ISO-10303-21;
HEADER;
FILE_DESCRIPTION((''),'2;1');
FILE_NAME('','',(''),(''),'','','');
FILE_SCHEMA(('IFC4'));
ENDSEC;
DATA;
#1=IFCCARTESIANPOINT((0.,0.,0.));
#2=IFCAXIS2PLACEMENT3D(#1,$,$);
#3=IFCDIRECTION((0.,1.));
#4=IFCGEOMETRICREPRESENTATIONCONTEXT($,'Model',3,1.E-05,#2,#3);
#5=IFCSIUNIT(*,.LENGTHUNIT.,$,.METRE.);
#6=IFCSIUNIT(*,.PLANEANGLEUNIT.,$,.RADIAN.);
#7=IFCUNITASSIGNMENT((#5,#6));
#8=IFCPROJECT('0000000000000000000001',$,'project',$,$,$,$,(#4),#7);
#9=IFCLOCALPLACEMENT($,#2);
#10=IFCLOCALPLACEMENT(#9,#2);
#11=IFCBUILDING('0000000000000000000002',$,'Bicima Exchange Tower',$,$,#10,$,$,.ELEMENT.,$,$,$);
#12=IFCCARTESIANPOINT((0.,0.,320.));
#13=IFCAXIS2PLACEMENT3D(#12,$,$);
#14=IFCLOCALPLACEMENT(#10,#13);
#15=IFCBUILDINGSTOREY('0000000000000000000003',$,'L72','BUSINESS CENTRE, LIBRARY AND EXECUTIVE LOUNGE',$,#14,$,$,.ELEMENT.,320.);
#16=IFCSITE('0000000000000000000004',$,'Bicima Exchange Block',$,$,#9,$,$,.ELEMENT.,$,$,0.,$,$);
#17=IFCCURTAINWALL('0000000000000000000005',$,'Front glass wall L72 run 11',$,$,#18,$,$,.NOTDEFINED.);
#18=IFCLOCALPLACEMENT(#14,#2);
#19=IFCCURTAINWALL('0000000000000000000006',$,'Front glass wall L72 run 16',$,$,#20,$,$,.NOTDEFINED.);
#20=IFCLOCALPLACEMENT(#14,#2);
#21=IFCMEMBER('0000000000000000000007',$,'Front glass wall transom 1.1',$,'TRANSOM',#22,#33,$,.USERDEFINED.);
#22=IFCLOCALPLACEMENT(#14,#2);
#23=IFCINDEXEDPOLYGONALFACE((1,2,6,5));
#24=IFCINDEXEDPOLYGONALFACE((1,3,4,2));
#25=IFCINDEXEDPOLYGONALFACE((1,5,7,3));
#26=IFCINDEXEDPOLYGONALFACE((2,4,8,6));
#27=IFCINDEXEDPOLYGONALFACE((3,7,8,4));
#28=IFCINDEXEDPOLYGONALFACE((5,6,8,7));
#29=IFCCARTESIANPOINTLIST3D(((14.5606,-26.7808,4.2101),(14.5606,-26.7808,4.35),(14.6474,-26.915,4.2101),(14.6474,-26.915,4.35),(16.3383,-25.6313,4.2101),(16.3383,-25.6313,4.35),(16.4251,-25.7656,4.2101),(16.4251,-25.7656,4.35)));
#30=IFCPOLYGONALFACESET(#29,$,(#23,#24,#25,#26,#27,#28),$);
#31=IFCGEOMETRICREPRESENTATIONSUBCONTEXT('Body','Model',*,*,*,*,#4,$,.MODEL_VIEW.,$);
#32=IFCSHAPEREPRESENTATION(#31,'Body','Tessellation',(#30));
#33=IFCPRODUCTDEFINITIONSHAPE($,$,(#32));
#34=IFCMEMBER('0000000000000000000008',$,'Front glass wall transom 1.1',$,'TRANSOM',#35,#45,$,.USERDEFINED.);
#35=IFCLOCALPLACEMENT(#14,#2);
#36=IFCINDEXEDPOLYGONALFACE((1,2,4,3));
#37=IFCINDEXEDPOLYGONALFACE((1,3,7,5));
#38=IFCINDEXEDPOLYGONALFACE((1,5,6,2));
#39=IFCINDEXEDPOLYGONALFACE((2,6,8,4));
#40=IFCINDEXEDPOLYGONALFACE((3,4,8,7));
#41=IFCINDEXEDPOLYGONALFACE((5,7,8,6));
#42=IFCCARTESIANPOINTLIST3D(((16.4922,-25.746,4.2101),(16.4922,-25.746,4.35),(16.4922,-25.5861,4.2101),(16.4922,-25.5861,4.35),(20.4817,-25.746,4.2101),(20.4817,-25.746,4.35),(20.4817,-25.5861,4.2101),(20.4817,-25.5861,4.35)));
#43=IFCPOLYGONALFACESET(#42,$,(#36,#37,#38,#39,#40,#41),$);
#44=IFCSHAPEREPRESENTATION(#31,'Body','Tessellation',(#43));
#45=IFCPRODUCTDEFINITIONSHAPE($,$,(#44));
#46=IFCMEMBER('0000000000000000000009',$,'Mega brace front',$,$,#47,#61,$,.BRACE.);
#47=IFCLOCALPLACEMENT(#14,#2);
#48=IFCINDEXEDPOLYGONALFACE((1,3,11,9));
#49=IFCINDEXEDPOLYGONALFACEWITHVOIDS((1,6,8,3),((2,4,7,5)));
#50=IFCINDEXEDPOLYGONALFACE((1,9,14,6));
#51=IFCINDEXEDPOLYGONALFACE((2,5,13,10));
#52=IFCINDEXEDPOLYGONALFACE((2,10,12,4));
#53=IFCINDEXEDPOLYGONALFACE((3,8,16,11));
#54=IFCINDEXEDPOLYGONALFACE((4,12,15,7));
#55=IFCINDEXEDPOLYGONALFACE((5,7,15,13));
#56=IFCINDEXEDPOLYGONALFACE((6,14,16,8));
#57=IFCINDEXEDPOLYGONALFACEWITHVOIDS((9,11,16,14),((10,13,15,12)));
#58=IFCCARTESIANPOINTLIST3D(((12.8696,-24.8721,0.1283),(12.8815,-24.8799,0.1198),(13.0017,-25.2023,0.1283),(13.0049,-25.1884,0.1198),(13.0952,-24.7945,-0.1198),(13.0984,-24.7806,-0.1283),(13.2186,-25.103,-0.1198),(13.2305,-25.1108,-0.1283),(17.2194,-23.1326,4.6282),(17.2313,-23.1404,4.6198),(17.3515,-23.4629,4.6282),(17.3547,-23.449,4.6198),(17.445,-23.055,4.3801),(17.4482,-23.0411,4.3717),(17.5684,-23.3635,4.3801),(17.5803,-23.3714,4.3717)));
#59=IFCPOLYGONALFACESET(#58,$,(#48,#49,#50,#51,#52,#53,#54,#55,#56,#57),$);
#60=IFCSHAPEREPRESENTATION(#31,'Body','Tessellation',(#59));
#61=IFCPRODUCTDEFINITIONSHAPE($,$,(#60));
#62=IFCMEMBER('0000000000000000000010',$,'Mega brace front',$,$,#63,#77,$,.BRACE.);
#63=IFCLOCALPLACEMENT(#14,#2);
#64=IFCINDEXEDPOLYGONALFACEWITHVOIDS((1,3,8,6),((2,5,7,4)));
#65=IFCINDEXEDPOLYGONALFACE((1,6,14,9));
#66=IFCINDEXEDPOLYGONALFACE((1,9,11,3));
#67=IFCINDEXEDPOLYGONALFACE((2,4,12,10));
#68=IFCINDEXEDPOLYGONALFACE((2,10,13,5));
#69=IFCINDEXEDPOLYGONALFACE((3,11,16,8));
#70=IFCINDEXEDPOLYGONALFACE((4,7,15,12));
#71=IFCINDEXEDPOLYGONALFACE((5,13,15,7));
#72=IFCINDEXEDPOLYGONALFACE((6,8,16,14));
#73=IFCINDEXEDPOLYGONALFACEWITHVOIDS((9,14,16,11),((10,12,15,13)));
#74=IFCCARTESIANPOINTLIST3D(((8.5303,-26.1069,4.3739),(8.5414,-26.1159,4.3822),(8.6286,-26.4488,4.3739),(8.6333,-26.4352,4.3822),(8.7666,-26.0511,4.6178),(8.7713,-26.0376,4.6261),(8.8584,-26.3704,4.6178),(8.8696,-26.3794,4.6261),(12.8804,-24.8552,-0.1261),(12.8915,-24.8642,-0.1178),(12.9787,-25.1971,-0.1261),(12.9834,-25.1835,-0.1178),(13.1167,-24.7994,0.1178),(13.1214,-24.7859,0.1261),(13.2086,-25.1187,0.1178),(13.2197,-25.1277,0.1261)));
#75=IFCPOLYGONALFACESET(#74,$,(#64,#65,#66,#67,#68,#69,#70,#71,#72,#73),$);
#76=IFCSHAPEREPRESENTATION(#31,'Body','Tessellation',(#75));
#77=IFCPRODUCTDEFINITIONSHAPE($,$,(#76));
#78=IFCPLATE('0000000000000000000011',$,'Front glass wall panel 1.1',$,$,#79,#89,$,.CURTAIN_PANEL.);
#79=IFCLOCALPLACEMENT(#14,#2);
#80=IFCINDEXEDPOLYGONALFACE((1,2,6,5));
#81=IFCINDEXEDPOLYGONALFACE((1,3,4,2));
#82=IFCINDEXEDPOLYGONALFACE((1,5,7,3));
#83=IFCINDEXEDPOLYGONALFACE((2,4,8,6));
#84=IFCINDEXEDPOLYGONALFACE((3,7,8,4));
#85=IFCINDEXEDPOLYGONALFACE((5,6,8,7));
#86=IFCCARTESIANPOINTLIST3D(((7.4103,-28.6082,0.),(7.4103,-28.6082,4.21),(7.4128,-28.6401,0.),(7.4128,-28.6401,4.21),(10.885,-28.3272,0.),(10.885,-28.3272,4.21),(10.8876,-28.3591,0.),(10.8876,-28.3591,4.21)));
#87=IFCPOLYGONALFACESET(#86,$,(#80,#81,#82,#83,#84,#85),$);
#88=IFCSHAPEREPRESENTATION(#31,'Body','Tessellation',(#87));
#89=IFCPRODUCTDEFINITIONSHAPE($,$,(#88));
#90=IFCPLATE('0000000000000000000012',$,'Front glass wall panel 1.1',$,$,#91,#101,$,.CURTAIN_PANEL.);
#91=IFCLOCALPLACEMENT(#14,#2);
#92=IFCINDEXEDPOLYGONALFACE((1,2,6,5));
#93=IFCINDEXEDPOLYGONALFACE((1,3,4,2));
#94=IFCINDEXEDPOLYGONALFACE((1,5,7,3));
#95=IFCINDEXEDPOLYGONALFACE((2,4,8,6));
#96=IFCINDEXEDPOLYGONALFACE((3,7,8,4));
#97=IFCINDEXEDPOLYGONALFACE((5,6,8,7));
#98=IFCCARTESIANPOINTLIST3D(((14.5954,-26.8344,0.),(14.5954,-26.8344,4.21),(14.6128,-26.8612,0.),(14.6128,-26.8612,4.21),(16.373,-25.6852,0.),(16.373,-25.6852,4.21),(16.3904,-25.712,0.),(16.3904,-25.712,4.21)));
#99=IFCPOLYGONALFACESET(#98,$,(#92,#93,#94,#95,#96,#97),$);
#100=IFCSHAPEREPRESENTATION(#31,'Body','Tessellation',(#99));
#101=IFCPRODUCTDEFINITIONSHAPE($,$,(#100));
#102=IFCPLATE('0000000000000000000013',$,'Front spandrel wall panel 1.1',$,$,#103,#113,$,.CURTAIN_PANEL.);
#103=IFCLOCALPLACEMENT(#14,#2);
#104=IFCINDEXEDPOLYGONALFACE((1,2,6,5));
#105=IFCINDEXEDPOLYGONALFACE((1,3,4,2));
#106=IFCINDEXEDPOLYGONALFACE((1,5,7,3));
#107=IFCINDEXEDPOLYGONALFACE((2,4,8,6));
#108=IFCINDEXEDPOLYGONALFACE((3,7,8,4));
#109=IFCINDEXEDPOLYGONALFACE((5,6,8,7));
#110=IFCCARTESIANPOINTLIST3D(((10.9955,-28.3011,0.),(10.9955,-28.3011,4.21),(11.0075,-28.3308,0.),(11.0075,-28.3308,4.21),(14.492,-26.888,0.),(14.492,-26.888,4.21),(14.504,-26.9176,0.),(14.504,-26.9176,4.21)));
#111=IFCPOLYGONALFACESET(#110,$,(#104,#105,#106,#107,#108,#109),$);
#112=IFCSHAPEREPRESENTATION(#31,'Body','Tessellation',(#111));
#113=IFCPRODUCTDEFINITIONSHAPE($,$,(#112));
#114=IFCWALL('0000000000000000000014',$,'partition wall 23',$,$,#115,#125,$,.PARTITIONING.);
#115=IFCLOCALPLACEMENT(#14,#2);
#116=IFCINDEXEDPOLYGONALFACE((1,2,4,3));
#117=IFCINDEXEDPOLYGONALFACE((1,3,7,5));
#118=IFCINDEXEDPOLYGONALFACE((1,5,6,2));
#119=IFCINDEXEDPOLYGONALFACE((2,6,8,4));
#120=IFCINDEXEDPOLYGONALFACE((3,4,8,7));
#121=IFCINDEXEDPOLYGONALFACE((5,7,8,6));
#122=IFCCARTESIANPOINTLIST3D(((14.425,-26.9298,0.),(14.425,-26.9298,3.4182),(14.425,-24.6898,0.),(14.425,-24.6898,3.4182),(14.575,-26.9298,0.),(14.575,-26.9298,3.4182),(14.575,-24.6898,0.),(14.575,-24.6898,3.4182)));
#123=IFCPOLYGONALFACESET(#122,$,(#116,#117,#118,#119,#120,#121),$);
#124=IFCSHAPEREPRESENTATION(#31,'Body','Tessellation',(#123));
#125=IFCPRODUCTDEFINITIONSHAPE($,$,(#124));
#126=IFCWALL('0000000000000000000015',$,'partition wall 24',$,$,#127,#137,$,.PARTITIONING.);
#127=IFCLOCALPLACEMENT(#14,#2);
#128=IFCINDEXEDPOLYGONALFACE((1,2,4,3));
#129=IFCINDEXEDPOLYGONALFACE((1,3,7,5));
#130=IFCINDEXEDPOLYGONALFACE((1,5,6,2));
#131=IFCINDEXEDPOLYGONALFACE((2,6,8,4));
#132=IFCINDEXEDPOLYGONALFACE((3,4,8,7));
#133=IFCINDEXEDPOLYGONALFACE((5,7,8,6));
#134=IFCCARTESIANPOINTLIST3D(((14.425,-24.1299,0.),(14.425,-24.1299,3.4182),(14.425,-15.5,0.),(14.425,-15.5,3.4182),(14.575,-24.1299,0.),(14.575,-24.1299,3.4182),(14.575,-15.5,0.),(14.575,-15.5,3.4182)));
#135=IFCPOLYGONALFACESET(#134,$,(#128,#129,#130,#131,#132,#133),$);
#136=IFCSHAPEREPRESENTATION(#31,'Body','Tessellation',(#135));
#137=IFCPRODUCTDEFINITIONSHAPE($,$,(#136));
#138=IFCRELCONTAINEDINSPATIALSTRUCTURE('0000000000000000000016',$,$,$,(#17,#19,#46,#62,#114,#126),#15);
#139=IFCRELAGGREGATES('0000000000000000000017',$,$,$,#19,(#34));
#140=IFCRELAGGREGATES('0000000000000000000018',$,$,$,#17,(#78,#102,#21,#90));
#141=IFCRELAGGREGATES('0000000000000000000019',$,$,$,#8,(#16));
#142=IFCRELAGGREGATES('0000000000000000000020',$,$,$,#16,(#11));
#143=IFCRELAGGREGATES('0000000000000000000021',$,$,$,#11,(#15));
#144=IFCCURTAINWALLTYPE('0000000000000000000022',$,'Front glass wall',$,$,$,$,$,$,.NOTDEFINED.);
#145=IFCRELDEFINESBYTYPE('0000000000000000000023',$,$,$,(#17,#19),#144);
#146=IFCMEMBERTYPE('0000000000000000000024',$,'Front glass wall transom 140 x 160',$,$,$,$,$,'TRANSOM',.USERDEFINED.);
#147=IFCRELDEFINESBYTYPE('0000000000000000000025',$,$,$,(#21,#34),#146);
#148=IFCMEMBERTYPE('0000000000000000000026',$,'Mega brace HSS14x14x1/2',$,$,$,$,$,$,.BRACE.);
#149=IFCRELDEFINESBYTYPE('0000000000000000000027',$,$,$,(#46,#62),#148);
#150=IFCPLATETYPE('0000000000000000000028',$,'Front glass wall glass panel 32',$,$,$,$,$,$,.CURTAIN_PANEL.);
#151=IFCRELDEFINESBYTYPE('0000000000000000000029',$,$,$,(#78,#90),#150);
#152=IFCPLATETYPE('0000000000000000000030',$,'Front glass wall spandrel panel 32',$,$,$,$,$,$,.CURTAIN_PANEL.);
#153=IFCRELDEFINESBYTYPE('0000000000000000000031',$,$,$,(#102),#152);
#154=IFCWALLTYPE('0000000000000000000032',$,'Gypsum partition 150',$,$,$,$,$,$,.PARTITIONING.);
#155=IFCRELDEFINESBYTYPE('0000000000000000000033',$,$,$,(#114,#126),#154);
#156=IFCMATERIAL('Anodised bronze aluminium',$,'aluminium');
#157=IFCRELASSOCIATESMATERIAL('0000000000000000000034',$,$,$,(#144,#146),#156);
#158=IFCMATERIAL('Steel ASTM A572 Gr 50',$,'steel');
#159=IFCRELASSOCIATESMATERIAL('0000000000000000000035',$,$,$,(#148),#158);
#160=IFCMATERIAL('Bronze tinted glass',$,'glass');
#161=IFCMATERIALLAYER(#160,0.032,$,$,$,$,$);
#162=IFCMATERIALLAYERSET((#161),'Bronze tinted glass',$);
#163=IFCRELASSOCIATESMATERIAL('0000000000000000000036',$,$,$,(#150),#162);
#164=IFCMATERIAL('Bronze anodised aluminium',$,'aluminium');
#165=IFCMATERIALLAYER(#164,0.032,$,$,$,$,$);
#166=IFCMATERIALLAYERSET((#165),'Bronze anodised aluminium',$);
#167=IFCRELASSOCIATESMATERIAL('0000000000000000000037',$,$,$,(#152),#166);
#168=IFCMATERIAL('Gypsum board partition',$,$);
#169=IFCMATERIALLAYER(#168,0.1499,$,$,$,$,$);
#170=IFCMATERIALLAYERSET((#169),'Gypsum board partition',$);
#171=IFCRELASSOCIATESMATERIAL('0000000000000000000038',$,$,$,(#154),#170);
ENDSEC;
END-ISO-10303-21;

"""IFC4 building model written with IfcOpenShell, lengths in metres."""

from ifc_helpers import new_model, si_unit, direction, frame, frame_2d, origin, origin_2d, place, context, subcontext, project, spatial, rectangle, hollow_rectangle, extrude, material, layer, layer_set, material_profile, profile_set, type_object, element, aggregate, save


model = new_model("IFC4")

# Units and contexts
model_context = context("Model", 3, precision=1e-05, world=origin(), true_north=direction((0.0, 1.0)))
body_context = subcontext(model_context, "Body", "Model", "MODEL_VIEW")
ifc_project = project(units=[si_unit("LENGTHUNIT", "METRE"), si_unit("PLANEANGLEUNIT", "RADIAN")], contexts=[model_context])

# Site, building, storey
site_placement = place(None, origin())
site = spatial("IfcSite", under=ifc_project, at=site_placement, Name="Bicima Exchange Block", CompositionType="ELEMENT", RefElevation=0.0)
building_placement = place(site_placement, origin())
building = spatial("IfcBuilding", under=site, at=building_placement, Name="Bicima Exchange Tower", CompositionType="ELEMENT")
storey_placement = place(building_placement, frame((0.0, 0.0, 320.0)))
storey = spatial("IfcBuildingStorey", under=building, at=storey_placement, Name="L72", Description="BUSINESS CENTRE, LIBRARY AND EXECUTIVE LOUNGE", CompositionType="ELEMENT", Elevation=320.0)

# Curtain wall
ifc_material_1 = material(Name="Anodised bronze aluminium", Category="aluminium")
curtain_wall_type = type_object("IfcCurtainWallType", Name="Front glass wall", PredefinedType="NOTDEFINED", material=ifc_material_1)
curtain_wall_1_placement = place(storey_placement, origin())
curtain_wall_1 = element("IfcCurtainWall", 1, at=curtain_wall_1_placement, inside=storey, type_object=curtain_wall_type, Name="Front glass wall L72 run 11", PredefinedType="NOTDEFINED")

# Curtain wall
curtain_wall_2_placement = place(storey_placement, origin())
curtain_wall_2 = element("IfcCurtainWall", 2, at=curtain_wall_2_placement, inside=storey, type_object=curtain_wall_type, Name="Front glass wall L72 run 16", PredefinedType="NOTDEFINED")

# Members
ifc_material_profile_1 = material_profile(ifc_material_1, rectangle(XDim=0.1599, YDim=0.1399, at=origin_2d()))
ifc_profile_set_1 = profile_set([ifc_material_profile_1], Name="Anodised bronze aluminium")
member_type_1 = type_object("IfcMemberType", Name="Front glass wall transom 140 x 160", ElementType="TRANSOM", PredefinedType="USERDEFINED", material=ifc_profile_set_1)
member_1_placement = place(storey_placement, frame((14.604, -26.8479, 4.28), z_axis=(0.83974, 0.542988, 0.0), x_axis=(-0.542988, 0.83974, 0.0)))
member_1 = element("IfcMember", 3, at=member_1_placement, type_object=member_type_1, Name="Front glass wall transom 1.1", ObjectType="TRANSOM", PredefinedType="USERDEFINED", context=body_context, shape_type="SweptSolid", body=[
    extrude(rectangle(XDim=0.1599, YDim=0.1399, at=origin_2d()), origin(), (0.0, 0.0, 1.0), 2.1169),
])
member_2_placement = place(storey_placement, frame((16.4922, -25.666, 4.28), z_axis=(1.0, 0.0, 0.0), x_axis=(0.0, 1.0, 0.0)))
member_2 = element("IfcMember", 4, at=member_2_placement, type_object=member_type_1, Name="Front glass wall transom 1.1", ObjectType="TRANSOM", PredefinedType="USERDEFINED", context=body_context, shape_type="SweptSolid", body=[
    extrude(rectangle(XDim=0.1599, YDim=0.1399, at=origin_2d()), origin(), (0.0, 0.0, 1.0), 3.9895),
])
aggregate(curtain_wall_2, [member_2])

# Members
ifc_material_2 = material(Name="Steel ASTM A572 Gr 50", Category="steel")
ifc_material_profile_2 = material_profile(ifc_material_2, hollow_rectangle(XDim=0.3557, YDim=0.3557, WallThickness=0.0117, at=origin_2d()))
ifc_profile_set_2 = profile_set([ifc_material_profile_2], Name="Steel ASTM A572 Gr 50")
member_type_2 = type_object("IfcMemberType", Name="Mega brace HSS14x14x1/2", PredefinedType="BRACE", material=ifc_profile_set_2)
member_3_placement = place(storey_placement, frame((13.05, -24.9915, 0.0), z_axis=(0.669628, 0.267783, 0.692742), x_axis=(-0.37131, 0.928509, 0.0)))
element("IfcMember", 5, at=member_3_placement, inside=storey, type_object=member_type_2, Name="Mega brace front", PredefinedType="BRACE", context=body_context, shape_type="SweptSolid", body=[
    extrude(hollow_rectangle(XDim=0.3557, YDim=0.3557, WallThickness=0.0117, at=origin_2d()), origin(), (0.0, 0.0, 1.0), 6.4958),
])
member_4_placement = place(storey_placement, frame((13.05, -24.9915, 0.0), z_axis=(-0.681534, -0.196107, 0.70502), x_axis=(0.276523, -0.961007, 0.0)))
element("IfcMember", 6, at=member_4_placement, inside=storey, type_object=member_type_2, Name="Mega brace front", PredefinedType="BRACE", context=body_context, shape_type="SweptSolid", body=[
    extrude(hollow_rectangle(XDim=0.3557, YDim=0.3557, WallThickness=0.0117, at=origin_2d()), origin(), (0.0, 0.0, 1.0), 6.3828),
])

# Plates
ifc_material_3 = material(Name="Bronze tinted glass", Category="glass")
ifc_layer_1 = layer(ifc_material_3, 0.032)
ifc_layer_set_1 = layer_set([ifc_layer_1], Name="Bronze tinted glass")
plate_type_1 = type_object("IfcPlateType", Name="Front glass wall glass panel 32", PredefinedType="CURTAIN_PANEL", material=ifc_layer_set_1)
plate_1_placement = place(storey_placement, frame((9.1489, -28.4836, 0.0), z_axis=(0.0, 0.0, 1.0), x_axis=(0.996747, 0.080589, 0.0)))
plate_1 = element("IfcPlate", 7, at=plate_1_placement, type_object=plate_type_1, Name="Front glass wall panel 1.1", PredefinedType="CURTAIN_PANEL", context=body_context, shape_type="SweptSolid", body=[
    extrude(rectangle(XDim=3.4861, YDim=0.032, at=origin_2d()), origin(), (0.0, 0.0, 1.0), 4.21),
])
plate_2_placement = place(storey_placement, frame((15.4929, -26.2732, 0.0), z_axis=(0.0, 0.0, 1.0), x_axis=(0.839791, 0.542909, 0.0)))
plate_2 = element("IfcPlate", 8, at=plate_2_placement, type_object=plate_type_1, Name="Front glass wall panel 1.1", PredefinedType="CURTAIN_PANEL", context=body_context, shape_type="SweptSolid", body=[
    extrude(rectangle(XDim=2.1167, YDim=0.032, at=origin_2d()), origin(), (0.0, 0.0, 1.0), 4.21),
])
ifc_material_4 = material(Name="Bronze anodised aluminium", Category="aluminium")
ifc_layer_2 = layer(ifc_material_4, 0.032)
ifc_layer_set_2 = layer_set([ifc_layer_2], Name="Bronze anodised aluminium")
plate_type_2 = type_object("IfcPlateType", Name="Front glass wall spandrel panel 32", PredefinedType="CURTAIN_PANEL", material=ifc_layer_set_2)
plate_3_placement = place(storey_placement, frame((12.7498, -27.6094, 0.0), z_axis=(0.0, 0.0, 1.0), x_axis=(0.927144, 0.374705, 0.0)))
plate_3 = element("IfcPlate", 9, at=plate_3_placement, type_object=plate_type_2, Name="Front spandrel wall panel 1.1", PredefinedType="CURTAIN_PANEL", context=body_context, shape_type="SweptSolid", body=[
    extrude(rectangle(XDim=3.7712, YDim=0.032, at=origin_2d()), origin(), (0.0, 0.0, 1.0), 4.21),
])
aggregate(curtain_wall_1, [plate_1, plate_3, member_1, plate_2])

# Walls
ifc_material_5 = material(Name="Gypsum board partition")
ifc_layer_3 = layer(ifc_material_5, 0.1499)
ifc_layer_set_3 = layer_set([ifc_layer_3], Name="Gypsum board partition")
wall_type = type_object("IfcWallType", Name="Gypsum partition 150", PredefinedType="PARTITIONING", material=ifc_layer_set_3)
wall_1_placement = place(storey_placement, frame((14.5, -26.9299, 0.0), z_axis=(0.0, 0.0, 1.0), x_axis=(0.0, 1.0, 0.0)))
element("IfcWall", 10, at=wall_1_placement, inside=storey, type_object=wall_type, Name="partition wall 23", PredefinedType="PARTITIONING", context=body_context, shape_type="SweptSolid", body=[
    extrude(rectangle(XDim=2.24, YDim=0.1499, at=frame_2d((1.1201, 0.0))), origin(), (0.0, 0.0, 1.0), 3.4182),
])
wall_2_placement = place(storey_placement, frame((14.5, -24.1299, 0.0), z_axis=(0.0, 0.0, 1.0), x_axis=(0.0, 1.0, 0.0)))
element("IfcWall", 11, at=wall_2_placement, inside=storey, type_object=wall_type, Name="partition wall 24", PredefinedType="PARTITIONING", context=body_context, shape_type="SweptSolid", body=[
    extrude(rectangle(XDim=8.6299, YDim=0.1499, at=frame_2d((4.3149, 0.0))), origin(), (0.0, 0.0, 1.0), 3.4182),
])

save(model, "model.ifc")
